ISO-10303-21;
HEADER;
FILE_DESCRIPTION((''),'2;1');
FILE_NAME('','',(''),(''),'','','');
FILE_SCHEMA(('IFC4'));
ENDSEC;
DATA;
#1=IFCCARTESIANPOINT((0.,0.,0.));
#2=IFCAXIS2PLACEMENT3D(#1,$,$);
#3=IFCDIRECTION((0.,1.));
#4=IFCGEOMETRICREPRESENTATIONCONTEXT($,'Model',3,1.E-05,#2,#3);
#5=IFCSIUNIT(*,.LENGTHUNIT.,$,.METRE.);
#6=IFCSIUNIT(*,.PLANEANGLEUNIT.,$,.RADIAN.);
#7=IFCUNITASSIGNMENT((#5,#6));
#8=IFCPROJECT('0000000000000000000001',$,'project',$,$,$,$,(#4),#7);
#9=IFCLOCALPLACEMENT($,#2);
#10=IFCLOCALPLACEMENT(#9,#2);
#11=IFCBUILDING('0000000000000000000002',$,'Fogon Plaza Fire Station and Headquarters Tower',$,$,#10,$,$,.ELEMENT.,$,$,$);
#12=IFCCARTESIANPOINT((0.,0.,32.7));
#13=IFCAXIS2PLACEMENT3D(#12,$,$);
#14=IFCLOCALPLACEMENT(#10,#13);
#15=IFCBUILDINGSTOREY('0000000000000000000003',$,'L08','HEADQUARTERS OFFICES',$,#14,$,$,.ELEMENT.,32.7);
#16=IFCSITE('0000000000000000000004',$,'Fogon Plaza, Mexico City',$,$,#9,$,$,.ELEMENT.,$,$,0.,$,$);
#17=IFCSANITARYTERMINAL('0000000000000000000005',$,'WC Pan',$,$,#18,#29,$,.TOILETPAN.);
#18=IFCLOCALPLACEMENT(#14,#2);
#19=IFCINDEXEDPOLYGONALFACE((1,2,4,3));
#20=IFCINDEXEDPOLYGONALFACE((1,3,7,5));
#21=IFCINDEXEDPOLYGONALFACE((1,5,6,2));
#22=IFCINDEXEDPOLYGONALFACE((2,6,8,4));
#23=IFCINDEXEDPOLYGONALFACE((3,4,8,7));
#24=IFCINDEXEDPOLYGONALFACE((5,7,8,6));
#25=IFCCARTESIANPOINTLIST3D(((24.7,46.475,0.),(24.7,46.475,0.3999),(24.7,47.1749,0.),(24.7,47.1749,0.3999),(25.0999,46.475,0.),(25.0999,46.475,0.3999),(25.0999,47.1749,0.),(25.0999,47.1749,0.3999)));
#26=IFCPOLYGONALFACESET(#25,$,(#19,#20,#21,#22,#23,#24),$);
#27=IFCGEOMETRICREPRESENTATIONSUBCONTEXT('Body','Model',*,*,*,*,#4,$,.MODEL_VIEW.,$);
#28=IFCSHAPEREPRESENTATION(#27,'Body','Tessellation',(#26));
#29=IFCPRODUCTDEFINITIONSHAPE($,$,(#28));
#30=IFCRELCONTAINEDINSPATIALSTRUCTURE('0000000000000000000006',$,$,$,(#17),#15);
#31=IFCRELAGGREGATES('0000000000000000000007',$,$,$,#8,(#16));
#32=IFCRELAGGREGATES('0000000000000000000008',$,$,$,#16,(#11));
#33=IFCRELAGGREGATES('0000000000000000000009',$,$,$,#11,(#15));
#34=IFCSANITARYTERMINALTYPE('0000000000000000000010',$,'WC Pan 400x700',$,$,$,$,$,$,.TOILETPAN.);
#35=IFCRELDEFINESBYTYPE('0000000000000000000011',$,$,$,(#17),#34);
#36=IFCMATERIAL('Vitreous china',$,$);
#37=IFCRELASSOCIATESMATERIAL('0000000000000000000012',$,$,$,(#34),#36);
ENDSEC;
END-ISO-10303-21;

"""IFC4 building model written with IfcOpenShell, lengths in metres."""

from ifc_helpers import new_model, si_unit, direction, frame, origin, origin_2d, place, context, subcontext, project, spatial, rectangle, extrude, material, type_object, element, save


model = new_model("IFC4")

# Units and contexts
model_context = context("Model", 3, precision=1e-05, world=origin(), true_north=direction((0.0, 1.0)))
body_context = subcontext(model_context, "Body", "Model", "MODEL_VIEW")
ifc_project = project(units=[si_unit("LENGTHUNIT", "METRE"), si_unit("PLANEANGLEUNIT", "RADIAN")], contexts=[model_context])

# Site, building, storey
site_placement = place(None, origin())
site = spatial("IfcSite", under=ifc_project, at=site_placement, Name="Fogon Plaza, Mexico City", CompositionType="ELEMENT", RefElevation=0.0)
building_placement = place(site_placement, origin())
building = spatial("IfcBuilding", under=site, at=building_placement, Name="Fogon Plaza Fire Station and Headquarters Tower", CompositionType="ELEMENT")
storey_placement = place(building_placement, frame((0.0, 0.0, 32.7)))
storey = spatial("IfcBuildingStorey", under=building, at=storey_placement, Name="L08", Description="HEADQUARTERS OFFICES", CompositionType="ELEMENT", Elevation=32.7)

# Sanitary terminal
ifc_material_1 = material(Name="Vitreous china")
sanitary_terminal_type_1 = type_object("IfcSanitaryTerminalType", Name="WC Pan 400x700", PredefinedType="TOILETPAN", material=ifc_material_1)
for number, where, z_axis, x_axis, name in (
    (1, (24.8999, 46.825, 0.0), (0.0, 0.0, 1.0), (1.0, 0.0, 0.0), "WC Pan"),
):
    element("IfcSanitaryTerminal", number, at=place(storey_placement, frame(where, z_axis=z_axis, x_axis=x_axis)), inside=storey, type_object=sanitary_terminal_type_1, Name=name, PredefinedType="TOILETPAN", context=body_context, shape_type="SweptSolid", body=[
        extrude(rectangle(XDim=0.3999, YDim=0.7, at=origin_2d()), origin(), (0.0, 0.0, 1.0), 0.3999),
    ])

save(model, "model.ifc")
